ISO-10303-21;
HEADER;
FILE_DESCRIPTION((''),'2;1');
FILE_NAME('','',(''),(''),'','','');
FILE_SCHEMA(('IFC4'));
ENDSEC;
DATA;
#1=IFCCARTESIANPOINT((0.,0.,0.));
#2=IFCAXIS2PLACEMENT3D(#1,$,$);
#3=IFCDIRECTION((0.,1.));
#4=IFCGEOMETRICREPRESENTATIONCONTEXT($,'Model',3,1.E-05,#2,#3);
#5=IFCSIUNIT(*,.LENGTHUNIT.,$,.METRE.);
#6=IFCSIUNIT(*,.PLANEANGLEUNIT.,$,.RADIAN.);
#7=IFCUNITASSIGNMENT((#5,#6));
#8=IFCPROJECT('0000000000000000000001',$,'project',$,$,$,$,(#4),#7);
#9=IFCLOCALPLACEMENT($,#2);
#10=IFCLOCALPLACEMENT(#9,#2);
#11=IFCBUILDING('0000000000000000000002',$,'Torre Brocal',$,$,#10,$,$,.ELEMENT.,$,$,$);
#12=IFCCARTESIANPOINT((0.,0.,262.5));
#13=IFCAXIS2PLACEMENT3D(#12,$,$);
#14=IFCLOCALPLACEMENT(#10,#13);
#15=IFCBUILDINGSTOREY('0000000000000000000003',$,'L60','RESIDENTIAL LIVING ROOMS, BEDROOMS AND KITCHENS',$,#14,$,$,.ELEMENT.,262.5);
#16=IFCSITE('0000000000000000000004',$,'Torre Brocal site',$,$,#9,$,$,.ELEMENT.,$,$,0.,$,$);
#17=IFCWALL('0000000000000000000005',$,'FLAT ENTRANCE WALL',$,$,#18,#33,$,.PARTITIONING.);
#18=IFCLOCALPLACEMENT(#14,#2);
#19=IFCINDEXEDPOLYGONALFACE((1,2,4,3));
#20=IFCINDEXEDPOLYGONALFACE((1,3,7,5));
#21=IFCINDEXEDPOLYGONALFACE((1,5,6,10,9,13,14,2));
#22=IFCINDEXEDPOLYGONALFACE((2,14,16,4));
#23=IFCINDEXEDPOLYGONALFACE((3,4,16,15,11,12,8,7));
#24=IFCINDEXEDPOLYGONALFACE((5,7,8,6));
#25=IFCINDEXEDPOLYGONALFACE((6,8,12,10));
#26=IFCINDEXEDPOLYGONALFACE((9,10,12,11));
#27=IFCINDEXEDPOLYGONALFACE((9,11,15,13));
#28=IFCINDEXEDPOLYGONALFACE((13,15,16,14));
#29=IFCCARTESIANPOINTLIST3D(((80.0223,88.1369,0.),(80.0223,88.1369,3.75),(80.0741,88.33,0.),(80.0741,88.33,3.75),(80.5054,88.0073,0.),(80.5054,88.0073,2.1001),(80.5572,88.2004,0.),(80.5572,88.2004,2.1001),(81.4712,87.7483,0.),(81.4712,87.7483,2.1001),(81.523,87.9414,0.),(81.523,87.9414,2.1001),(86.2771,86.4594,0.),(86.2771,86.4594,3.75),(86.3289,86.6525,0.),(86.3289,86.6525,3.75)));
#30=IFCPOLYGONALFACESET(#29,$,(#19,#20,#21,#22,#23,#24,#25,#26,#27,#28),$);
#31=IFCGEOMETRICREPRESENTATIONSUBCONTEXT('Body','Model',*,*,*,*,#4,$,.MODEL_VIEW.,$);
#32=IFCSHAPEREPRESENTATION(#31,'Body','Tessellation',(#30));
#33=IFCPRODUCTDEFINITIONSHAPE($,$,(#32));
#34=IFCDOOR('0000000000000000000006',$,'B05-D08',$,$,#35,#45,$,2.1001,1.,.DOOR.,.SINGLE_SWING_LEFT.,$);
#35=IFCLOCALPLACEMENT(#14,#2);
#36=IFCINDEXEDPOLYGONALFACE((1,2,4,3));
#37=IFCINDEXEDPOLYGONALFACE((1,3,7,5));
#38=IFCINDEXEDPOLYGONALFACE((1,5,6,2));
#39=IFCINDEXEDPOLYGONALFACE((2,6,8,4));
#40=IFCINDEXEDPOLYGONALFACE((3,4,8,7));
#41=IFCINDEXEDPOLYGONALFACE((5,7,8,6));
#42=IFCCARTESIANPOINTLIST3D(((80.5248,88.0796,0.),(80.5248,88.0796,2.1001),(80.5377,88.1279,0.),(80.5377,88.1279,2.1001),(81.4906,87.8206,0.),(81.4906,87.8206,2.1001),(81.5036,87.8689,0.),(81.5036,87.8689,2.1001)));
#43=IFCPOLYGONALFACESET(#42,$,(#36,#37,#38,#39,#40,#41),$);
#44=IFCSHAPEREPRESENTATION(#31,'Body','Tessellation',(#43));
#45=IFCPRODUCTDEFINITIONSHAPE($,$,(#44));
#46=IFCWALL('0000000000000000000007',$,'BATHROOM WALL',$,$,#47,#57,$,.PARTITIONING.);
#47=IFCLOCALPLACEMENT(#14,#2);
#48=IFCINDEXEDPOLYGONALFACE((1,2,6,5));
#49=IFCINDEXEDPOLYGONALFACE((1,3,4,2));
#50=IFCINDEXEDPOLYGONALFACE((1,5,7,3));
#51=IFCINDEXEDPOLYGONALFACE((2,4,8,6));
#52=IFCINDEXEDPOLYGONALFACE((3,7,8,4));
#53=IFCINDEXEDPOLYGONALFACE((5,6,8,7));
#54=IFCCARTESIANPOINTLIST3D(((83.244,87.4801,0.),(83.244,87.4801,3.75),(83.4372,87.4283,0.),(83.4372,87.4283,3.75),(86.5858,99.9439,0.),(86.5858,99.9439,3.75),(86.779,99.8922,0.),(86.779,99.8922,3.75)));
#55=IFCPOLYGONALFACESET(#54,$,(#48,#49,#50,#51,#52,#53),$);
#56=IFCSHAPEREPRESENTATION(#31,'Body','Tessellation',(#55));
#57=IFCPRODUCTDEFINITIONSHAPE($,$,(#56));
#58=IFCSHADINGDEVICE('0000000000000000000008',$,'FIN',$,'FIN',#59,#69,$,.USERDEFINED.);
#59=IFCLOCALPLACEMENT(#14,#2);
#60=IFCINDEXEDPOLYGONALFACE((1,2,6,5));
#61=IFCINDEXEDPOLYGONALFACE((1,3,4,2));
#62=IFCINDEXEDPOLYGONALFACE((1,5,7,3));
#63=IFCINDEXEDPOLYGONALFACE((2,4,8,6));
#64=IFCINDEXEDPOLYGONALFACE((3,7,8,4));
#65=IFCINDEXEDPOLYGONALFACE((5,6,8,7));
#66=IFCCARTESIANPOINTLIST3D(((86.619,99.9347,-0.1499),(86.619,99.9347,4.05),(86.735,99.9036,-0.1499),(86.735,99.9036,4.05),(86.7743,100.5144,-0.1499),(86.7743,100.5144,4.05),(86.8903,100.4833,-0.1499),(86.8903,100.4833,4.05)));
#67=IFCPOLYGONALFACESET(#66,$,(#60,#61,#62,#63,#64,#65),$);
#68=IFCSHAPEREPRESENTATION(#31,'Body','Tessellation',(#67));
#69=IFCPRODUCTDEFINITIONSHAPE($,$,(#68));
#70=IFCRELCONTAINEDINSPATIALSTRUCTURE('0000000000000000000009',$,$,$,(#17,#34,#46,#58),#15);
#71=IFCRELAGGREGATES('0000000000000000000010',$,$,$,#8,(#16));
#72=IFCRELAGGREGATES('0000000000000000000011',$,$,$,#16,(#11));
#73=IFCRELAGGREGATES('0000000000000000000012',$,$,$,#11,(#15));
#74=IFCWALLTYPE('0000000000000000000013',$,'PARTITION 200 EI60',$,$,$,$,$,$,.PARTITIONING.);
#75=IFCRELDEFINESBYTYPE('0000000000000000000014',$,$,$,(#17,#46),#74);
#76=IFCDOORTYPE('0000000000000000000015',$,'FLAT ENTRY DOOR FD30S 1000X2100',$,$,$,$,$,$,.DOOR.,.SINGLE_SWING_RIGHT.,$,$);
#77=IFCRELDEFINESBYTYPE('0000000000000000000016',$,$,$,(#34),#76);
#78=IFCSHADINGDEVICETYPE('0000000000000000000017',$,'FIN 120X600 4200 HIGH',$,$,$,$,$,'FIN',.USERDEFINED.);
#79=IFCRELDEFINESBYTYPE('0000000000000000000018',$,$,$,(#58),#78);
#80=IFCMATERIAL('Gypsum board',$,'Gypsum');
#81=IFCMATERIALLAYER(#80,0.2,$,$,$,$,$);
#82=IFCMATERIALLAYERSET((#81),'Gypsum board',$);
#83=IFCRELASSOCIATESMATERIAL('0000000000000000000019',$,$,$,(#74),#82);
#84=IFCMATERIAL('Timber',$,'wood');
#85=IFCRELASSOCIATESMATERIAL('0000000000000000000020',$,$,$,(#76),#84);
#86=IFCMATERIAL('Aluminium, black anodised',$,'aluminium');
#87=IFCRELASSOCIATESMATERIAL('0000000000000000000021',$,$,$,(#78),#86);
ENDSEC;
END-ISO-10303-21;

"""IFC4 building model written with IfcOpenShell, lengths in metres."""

from ifc_helpers import new_model, si_unit, direction, frame, frame_2d, origin, origin_2d, place, context, subcontext, project, spatial, rectangle, extrude, material, layer, layer_set, material_profile, profile_set, type_object, element, fill, save


model = new_model("IFC4")

# Units and contexts
model_context = context("Model", 3, precision=1e-05, world=origin(), true_north=direction((0.0, 1.0)))
body_context = subcontext(model_context, "Body", "Model", "MODEL_VIEW")
ifc_project = project(units=[si_unit("LENGTHUNIT", "METRE"), si_unit("PLANEANGLEUNIT", "RADIAN")], contexts=[model_context])

# Site, building, storey
site_placement = place(None, origin())
site = spatial("IfcSite", under=ifc_project, at=site_placement, Name="Torre Brocal site", CompositionType="ELEMENT", RefElevation=0.0)
building_placement = place(site_placement, origin())
building = spatial("IfcBuilding", under=site, at=building_placement, Name="Torre Brocal", CompositionType="ELEMENT")
storey_placement = place(building_placement, frame((0.0, 0.0, 262.5)))
storey = spatial("IfcBuildingStorey", under=building, at=storey_placement, Name="L60", Description="RESIDENTIAL LIVING ROOMS, BEDROOMS AND KITCHENS", CompositionType="ELEMENT", Elevation=262.5)

# Wall, opening, door
ifc_material_1 = material(Name="Gypsum board", Category="Gypsum")
ifc_layer_1 = layer(ifc_material_1, 0.2)
ifc_layer_set_1 = layer_set([ifc_layer_1], Name="Gypsum board")
wall_type_1 = type_object("IfcWallType", Name="PARTITION 200 EI60", PredefinedType="PARTITIONING", material=ifc_layer_set_1)
wall_1_placement = place(storey_placement, frame((80.0483, 88.2334, 0.0), z_axis=(0.0, 0.0, 1.0), x_axis=(0.965868, -0.259035, 0.0)))
wall_1 = element("IfcWall", 1, at=wall_1_placement, inside=storey, type_object=wall_type_1, Name="FLAT ENTRANCE WALL", PredefinedType="PARTITIONING", context=body_context, shape_type="SweptSolid", body=[
    extrude(rectangle(XDim=6.4758, YDim=0.2, at=frame_2d((3.2378, 0.0))), origin(), (0.0, 0.0, 1.0), 3.75),
])
opening_1_placement = place(wall_1_placement, frame((0.5, 0.0, 0.0)))
opening_1 = element("IfcOpeningElement", 2, at=opening_1_placement, cuts=wall_1, PredefinedType="OPENING", context=body_context, shape_type="SweptSolid", body=[
    extrude(rectangle(XDim=1.0, YDim=2.1001, at=frame_2d((0.5, 1.05))), frame((0.0, 0.1099, 0.0), z_axis=(0.0, -1.0, 0.0), x_axis=(1.0, 0.0, 0.0)), (0.0, 0.0, 1.0), 0.22),
])
ifc_material_2 = material(Name="Timber", Category="wood")
door_type_1 = type_object("IfcDoorType", Name="FLAT ENTRY DOOR FD30S 1000X2100", OperationType="SINGLE_SWING_RIGHT", PredefinedType="DOOR", material=ifc_material_2)
door_1_placement = place(opening_1_placement, origin())
door_1 = element("IfcDoor", 3, at=door_1_placement, inside=storey, type_object=door_type_1, Name="B05-D08", OperationType="SINGLE_SWING_LEFT", OverallHeight=2.1001, OverallWidth=1.0, PredefinedType="DOOR", context=body_context, shape_type="SweptSolid", body=[
    extrude(rectangle(XDim=1.0, YDim=2.1001, at=frame_2d((0.5, 1.05))), frame((0.0, 0.0249, 0.0), z_axis=(0.0, -1.0, 0.0), x_axis=(1.0, 0.0, 0.0)), (0.0, 0.0, 1.0), 0.05),
])
fill(opening_1, door_1)

# Wall
wall_2_placement = place(storey_placement, frame((83.3406, 87.4541, 0.0), z_axis=(0.0, 0.0, 1.0), x_axis=(0.258972, 0.965885, 0.0)))
element("IfcWall", 4, at=wall_2_placement, inside=storey, type_object=wall_type_1, Name="BATHROOM WALL", PredefinedType="PARTITIONING", context=body_context, shape_type="SweptSolid", body=[
    extrude(rectangle(XDim=12.9041, YDim=0.2, at=frame_2d((6.4521, 0.0))), origin(), (0.0, 0.0, 1.0), 3.75),
])

# Shading device
ifc_material_3 = material(Name="Aluminium, black anodised", Category="aluminium")
ifc_material_profile_1 = material_profile(ifc_material_3, rectangle(XDim=0.1201, YDim=0.6001, at=origin_2d()), Name="FIN 120X600 4200 HIGH")
ifc_profile_set_1 = profile_set([ifc_material_profile_1], Name="Aluminium, black anodised")
shading_device_type = type_object("IfcShadingDeviceType", Name="FIN 120X600 4200 HIGH", ElementType="FIN", PredefinedType="USERDEFINED", material=ifc_profile_set_1)
shading_device_placement = place(storey_placement, frame((86.7546, 100.209, -0.1499), z_axis=(0.0, 0.0, 1.0), x_axis=(-0.965926, 0.258819, 0.0)))
element("IfcShadingDevice", 5, at=shading_device_placement, inside=storey, type_object=shading_device_type, Name="FIN", ObjectType="FIN", PredefinedType="USERDEFINED", context=body_context, shape_type="SweptSolid", body=[
    extrude(rectangle(XDim=0.1201, YDim=0.6001, at=origin_2d()), origin(), (0.0, 0.0, 1.0), 4.2),
])

save(model, "model.ifc")
